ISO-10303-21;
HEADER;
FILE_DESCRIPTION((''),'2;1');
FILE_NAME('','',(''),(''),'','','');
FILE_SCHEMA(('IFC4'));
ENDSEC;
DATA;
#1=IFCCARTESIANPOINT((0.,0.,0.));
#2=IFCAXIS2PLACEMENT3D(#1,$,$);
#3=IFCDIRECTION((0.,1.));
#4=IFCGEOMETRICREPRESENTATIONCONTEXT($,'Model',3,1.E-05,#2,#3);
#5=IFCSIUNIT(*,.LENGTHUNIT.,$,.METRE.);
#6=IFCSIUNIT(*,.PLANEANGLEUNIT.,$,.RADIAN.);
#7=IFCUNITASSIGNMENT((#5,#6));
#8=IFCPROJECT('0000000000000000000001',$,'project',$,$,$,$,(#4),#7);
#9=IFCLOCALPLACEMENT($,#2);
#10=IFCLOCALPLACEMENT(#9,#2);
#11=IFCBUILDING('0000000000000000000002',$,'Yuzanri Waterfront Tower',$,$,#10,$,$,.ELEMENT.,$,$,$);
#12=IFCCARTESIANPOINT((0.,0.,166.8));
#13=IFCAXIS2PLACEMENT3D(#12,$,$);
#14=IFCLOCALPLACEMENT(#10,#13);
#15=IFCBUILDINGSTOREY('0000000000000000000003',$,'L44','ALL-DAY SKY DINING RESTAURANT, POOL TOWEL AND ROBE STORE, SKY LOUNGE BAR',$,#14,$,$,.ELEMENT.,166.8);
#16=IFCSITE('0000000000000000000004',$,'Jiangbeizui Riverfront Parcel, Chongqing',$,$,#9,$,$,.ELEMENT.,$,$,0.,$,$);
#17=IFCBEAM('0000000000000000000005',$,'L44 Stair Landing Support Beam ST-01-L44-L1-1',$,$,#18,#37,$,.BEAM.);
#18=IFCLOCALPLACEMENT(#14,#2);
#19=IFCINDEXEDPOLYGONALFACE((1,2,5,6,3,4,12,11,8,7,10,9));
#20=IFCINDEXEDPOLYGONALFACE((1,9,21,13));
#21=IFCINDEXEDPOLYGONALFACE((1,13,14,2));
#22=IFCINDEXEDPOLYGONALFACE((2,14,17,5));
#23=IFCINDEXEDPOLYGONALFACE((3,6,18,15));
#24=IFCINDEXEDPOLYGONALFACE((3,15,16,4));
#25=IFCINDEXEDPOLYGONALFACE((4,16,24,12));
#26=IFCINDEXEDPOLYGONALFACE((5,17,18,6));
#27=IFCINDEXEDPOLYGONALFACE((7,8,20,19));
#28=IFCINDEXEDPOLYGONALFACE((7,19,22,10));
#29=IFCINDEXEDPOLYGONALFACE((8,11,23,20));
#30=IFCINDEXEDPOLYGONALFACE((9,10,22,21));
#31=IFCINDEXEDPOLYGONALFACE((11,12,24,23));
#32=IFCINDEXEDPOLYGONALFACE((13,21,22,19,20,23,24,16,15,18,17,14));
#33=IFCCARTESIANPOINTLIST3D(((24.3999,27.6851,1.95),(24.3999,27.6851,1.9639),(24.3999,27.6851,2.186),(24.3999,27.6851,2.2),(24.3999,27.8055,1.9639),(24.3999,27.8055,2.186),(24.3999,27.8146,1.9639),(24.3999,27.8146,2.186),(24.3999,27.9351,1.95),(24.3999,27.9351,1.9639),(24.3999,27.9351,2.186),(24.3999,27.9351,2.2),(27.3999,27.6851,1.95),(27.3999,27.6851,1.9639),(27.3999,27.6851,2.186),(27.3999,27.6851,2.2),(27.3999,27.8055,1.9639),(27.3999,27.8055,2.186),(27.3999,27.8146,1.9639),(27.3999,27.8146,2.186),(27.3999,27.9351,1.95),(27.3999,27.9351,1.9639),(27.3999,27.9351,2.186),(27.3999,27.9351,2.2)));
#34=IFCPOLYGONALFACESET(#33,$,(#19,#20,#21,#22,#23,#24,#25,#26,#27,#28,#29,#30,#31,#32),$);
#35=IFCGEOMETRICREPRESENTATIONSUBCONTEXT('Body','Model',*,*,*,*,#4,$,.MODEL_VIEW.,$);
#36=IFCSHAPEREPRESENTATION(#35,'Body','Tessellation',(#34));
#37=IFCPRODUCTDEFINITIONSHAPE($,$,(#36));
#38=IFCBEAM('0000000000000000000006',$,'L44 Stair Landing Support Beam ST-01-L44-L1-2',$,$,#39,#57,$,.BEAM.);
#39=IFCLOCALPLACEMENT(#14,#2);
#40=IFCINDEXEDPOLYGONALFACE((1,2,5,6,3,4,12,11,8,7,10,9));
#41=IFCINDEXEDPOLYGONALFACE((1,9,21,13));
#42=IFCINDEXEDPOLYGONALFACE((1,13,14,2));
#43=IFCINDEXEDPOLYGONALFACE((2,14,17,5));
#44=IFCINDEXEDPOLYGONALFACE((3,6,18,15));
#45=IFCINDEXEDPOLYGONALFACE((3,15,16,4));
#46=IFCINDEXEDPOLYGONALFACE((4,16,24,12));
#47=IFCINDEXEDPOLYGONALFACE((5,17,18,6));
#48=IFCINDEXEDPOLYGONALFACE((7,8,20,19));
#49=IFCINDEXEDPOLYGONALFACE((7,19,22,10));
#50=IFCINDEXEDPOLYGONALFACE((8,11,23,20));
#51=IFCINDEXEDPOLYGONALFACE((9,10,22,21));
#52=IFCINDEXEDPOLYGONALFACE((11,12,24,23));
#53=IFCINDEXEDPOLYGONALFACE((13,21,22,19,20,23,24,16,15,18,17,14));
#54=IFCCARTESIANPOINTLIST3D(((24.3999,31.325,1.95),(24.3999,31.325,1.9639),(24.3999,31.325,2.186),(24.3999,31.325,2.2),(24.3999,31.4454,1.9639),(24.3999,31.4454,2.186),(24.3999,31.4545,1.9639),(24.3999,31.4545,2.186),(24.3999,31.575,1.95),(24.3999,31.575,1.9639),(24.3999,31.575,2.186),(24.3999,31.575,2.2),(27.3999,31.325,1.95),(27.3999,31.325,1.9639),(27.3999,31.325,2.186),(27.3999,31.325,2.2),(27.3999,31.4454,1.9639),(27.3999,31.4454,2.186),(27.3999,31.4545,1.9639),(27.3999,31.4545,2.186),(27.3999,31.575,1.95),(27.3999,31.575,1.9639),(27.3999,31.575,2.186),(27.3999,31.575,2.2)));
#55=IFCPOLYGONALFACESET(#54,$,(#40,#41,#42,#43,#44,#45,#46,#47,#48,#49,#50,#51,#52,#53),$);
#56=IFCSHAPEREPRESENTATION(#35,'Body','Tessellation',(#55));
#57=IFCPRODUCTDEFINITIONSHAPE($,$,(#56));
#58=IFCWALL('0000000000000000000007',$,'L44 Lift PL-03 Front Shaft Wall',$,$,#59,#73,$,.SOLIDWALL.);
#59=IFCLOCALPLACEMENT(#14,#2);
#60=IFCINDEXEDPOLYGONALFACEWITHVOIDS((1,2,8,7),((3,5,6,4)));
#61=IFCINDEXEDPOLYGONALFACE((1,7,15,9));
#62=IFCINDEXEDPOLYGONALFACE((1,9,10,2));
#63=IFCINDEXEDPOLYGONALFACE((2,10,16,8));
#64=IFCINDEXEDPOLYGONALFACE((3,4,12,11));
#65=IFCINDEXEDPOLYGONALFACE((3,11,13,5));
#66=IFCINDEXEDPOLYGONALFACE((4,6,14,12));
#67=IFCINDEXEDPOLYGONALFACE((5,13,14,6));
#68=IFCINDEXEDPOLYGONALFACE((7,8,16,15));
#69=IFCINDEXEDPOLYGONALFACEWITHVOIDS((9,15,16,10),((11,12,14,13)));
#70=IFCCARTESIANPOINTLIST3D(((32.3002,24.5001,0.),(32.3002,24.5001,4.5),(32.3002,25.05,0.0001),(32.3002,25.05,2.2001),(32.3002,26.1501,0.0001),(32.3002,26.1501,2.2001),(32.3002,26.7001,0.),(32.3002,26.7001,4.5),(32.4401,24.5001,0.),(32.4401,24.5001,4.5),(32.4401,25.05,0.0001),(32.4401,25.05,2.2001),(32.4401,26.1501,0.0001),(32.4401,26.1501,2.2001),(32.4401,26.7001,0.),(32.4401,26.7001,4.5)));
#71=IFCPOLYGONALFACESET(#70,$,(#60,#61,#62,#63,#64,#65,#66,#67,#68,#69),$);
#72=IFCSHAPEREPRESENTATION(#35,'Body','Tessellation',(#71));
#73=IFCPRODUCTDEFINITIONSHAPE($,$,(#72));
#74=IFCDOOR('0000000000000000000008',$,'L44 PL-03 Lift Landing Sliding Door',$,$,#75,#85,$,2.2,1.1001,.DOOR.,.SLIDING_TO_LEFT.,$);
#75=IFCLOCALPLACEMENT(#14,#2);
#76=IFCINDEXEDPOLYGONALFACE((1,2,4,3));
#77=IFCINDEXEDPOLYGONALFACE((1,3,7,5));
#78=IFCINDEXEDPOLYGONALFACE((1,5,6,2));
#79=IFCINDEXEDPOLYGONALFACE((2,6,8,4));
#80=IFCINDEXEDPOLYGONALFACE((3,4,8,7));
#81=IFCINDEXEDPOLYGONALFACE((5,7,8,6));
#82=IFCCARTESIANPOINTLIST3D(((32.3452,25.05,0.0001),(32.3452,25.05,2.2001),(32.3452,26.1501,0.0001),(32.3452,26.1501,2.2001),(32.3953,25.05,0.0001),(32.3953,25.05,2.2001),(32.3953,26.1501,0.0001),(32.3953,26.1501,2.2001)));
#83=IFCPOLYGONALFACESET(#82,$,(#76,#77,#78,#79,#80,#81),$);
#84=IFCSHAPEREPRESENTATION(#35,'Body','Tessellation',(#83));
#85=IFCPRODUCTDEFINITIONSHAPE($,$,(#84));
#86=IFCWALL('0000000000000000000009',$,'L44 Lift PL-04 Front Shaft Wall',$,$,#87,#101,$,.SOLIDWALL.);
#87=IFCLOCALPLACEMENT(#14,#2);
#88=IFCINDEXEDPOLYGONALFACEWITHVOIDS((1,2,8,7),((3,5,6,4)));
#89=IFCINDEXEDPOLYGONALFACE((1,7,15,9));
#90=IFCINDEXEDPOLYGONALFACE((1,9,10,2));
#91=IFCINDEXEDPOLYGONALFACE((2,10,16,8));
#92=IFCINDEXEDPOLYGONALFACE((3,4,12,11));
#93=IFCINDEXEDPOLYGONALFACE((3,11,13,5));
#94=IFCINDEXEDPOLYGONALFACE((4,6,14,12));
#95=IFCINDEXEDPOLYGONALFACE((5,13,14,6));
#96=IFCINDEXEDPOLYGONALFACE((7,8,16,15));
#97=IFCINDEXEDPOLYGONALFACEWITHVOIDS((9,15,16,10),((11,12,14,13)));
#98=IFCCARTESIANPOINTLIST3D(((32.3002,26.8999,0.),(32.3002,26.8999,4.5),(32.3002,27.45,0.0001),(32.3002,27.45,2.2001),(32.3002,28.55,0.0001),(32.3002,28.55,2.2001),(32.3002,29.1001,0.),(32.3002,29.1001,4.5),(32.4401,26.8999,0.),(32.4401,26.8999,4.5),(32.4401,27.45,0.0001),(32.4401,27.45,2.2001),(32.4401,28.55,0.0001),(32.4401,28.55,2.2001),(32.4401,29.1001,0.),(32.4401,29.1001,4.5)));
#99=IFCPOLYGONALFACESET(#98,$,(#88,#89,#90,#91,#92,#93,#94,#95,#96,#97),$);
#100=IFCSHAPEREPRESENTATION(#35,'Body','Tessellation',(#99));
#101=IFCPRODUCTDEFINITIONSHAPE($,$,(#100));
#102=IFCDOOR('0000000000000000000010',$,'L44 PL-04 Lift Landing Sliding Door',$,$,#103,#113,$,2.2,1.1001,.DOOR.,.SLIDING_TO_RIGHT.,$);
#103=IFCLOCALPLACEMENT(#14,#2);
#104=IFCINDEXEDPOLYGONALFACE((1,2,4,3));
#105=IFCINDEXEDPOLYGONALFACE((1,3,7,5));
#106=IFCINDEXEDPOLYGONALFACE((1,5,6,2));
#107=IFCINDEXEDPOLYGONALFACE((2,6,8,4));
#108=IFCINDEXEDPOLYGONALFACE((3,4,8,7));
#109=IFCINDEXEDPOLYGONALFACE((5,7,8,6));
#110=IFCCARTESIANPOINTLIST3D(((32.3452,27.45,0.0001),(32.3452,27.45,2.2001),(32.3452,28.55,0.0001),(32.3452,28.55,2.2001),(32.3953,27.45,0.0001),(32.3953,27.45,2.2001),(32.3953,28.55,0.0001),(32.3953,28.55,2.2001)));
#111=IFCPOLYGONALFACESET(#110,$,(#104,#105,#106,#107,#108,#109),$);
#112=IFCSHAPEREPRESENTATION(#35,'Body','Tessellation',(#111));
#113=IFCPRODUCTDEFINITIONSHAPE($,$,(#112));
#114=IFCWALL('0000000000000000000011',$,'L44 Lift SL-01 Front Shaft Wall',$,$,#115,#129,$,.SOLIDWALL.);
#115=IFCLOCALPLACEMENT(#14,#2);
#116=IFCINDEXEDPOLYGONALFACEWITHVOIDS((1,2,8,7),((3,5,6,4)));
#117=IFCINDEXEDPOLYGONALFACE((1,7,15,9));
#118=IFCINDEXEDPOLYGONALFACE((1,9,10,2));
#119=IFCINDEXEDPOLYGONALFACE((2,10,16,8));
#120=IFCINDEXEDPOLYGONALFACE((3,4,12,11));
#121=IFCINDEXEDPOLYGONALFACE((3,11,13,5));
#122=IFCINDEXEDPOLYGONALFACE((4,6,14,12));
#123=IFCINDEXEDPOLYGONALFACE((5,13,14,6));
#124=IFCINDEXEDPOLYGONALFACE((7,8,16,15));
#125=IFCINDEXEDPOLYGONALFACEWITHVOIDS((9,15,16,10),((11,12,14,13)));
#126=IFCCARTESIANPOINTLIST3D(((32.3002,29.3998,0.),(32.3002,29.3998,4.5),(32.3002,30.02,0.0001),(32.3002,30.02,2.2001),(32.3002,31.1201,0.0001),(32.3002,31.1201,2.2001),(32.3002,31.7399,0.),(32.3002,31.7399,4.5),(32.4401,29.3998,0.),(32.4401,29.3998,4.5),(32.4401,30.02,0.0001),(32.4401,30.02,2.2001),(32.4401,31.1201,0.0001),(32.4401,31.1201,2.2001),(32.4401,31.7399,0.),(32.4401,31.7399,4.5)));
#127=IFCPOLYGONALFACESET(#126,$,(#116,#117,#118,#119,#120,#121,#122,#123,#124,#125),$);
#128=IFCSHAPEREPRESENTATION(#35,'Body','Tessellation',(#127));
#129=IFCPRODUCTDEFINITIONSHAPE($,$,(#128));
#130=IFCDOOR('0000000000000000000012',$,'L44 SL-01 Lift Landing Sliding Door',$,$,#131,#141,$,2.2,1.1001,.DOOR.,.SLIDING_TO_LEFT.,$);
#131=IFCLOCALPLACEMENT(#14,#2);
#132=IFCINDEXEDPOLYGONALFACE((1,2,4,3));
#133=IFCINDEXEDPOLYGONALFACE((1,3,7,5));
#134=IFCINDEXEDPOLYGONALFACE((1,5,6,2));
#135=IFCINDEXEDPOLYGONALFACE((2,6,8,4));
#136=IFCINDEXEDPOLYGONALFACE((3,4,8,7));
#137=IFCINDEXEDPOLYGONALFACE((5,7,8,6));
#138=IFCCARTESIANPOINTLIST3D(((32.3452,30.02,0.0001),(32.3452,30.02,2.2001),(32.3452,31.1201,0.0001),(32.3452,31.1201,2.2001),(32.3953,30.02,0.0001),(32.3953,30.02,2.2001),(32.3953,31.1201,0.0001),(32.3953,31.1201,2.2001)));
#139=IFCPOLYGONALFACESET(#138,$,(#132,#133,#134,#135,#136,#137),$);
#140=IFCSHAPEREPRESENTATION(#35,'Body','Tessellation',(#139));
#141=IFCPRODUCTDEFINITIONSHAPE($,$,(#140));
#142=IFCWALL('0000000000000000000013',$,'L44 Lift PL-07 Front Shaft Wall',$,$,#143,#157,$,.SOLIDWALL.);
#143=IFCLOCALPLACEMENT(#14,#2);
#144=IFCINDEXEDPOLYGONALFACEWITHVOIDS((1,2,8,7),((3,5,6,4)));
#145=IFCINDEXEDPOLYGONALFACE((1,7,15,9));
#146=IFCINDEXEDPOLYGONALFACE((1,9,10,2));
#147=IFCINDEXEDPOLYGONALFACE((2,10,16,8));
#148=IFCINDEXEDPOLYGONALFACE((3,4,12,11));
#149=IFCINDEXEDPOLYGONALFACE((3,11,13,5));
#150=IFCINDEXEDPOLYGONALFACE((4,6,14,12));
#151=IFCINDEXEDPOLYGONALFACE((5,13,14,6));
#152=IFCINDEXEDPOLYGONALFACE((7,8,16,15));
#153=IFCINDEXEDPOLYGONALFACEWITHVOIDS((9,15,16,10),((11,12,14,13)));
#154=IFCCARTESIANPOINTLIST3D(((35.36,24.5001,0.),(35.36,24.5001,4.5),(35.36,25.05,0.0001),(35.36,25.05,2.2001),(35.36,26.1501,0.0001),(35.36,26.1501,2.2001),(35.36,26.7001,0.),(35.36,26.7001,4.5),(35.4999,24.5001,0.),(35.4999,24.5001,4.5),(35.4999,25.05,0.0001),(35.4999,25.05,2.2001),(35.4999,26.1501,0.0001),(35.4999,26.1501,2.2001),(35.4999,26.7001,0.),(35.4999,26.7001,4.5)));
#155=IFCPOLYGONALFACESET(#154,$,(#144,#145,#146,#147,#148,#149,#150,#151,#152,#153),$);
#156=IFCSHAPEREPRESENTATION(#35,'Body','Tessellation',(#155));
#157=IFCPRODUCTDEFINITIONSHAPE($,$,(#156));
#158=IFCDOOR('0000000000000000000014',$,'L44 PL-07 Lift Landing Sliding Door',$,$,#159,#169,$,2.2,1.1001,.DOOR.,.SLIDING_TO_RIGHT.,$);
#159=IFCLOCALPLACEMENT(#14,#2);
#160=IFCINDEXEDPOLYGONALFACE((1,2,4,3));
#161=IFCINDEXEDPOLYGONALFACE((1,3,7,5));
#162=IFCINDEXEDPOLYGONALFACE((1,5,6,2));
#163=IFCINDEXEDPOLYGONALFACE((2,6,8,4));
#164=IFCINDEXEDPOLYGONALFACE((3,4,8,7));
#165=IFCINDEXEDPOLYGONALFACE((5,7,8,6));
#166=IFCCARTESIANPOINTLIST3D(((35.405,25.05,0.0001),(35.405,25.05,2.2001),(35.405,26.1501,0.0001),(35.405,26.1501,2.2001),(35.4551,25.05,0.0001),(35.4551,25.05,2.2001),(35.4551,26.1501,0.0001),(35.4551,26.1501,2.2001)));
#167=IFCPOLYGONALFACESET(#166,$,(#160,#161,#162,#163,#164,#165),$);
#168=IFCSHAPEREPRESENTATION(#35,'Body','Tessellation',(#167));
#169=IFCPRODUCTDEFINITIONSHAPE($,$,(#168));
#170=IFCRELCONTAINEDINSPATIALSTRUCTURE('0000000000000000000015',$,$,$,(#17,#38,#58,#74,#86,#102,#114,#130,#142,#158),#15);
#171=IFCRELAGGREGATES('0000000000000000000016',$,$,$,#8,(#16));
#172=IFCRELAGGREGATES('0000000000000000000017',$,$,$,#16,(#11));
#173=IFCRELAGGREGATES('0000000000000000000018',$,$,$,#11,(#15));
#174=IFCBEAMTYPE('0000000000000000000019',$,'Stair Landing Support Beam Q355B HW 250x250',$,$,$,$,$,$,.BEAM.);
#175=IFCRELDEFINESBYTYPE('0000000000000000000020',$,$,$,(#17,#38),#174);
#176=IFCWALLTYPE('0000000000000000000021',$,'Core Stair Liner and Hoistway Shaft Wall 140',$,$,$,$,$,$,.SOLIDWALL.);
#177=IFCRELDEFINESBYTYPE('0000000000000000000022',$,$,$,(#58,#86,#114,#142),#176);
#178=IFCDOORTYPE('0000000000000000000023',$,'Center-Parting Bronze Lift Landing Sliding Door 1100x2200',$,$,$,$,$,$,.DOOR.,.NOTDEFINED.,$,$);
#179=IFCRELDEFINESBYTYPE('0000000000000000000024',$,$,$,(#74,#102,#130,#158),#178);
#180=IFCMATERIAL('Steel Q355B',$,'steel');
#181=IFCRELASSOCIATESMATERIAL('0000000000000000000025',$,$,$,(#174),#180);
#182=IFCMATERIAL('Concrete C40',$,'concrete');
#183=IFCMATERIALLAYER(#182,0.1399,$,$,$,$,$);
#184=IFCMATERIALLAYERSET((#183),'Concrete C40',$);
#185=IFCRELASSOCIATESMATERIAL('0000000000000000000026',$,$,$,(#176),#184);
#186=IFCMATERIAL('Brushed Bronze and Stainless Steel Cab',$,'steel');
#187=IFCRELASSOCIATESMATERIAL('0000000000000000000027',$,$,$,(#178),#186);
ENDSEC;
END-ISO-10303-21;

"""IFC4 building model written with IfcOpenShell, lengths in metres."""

from ifc_helpers import new_model, si_unit, direction, frame, frame_2d, origin, origin_2d, place, context, subcontext, project, spatial, rectangle, i_section, extrude, source, transform, mapped, material, layer, layer_set, material_profile, profile_set, type_object, element, fill, save


model = new_model("IFC4")

# Units and contexts
model_context = context("Model", 3, precision=1e-05, world=origin(), true_north=direction((0.0, 1.0)))
body_context = subcontext(model_context, "Body", "Model", "MODEL_VIEW")
ifc_project = project(units=[si_unit("LENGTHUNIT", "METRE"), si_unit("PLANEANGLEUNIT", "RADIAN")], contexts=[model_context])

# Site, building, storey
site_placement = place(None, origin())
site = spatial("IfcSite", under=ifc_project, at=site_placement, Name="Jiangbeizui Riverfront Parcel, Chongqing", CompositionType="ELEMENT", RefElevation=0.0)
building_placement = place(site_placement, origin())
building = spatial("IfcBuilding", under=site, at=building_placement, Name="Yuzanri Waterfront Tower", CompositionType="ELEMENT")
storey_placement = place(building_placement, frame((0.0, 0.0, 166.8)))
storey = spatial("IfcBuildingStorey", under=building, at=storey_placement, Name="L44", Description="ALL-DAY SKY DINING RESTAURANT, POOL TOWEL AND ROBE STORE, SKY LOUNGE BAR", CompositionType="ELEMENT", Elevation=166.8)

# Beams
ifc_material_1 = material(Name="Steel Q355B", Category="steel")
ifc_material_profile = material_profile(ifc_material_1, i_section(OverallWidth=0.25, OverallDepth=0.25, WebThickness=0.009, FlangeThickness=0.0139, at=origin_2d()), Name="HW 250x250x9x14")
ifc_profile_set = profile_set([ifc_material_profile], Name="Steel Q355B")
beam_type = type_object("IfcBeamType", Name="Stair Landing Support Beam Q355B HW 250x250", PredefinedType="BEAM", material=ifc_profile_set)
shared_shape_1 = source(origin(), body_context, "Body", "SweptSolid", [
    extrude(i_section(OverallWidth=0.25, OverallDepth=0.25, WebThickness=0.009, FlangeThickness=0.0139, at=origin_2d()), origin(), (0.0, 0.0, 1.0), 3.0),
])
for number, where, z_axis, x_axis, name in (
    (1, (24.3999, 27.8101, 2.075), (1.0, 0.0, 0.0), (0.0, 1.0, 0.0), "L44 Stair Landing Support Beam ST-01-L44-L1-1"),
    (2, (24.3999, 31.45, 2.075), (1.0, 0.0, 0.0), (0.0, 1.0, 0.0), "L44 Stair Landing Support Beam ST-01-L44-L1-2"),
):
    element("IfcBeam", number, at=place(storey_placement, frame(where, z_axis=z_axis, x_axis=x_axis)), inside=storey, type_object=beam_type, Name=name, PredefinedType="BEAM", context=body_context, shape_type="MappedRepresentation", body=[
        mapped(shared_shape_1, transform((0.0, 0.0, 0.0), scale=1.0)),
    ])

# Walls, openings, doors
ifc_material_2 = material(Name="Concrete C40", Category="concrete")
ifc_layer_1 = layer(ifc_material_2, 0.1399)
ifc_layer_set_1 = layer_set([ifc_layer_1], Name="Concrete C40")
wall_type_1 = type_object("IfcWallType", Name="Core Stair Liner and Hoistway Shaft Wall 140", PredefinedType="SOLIDWALL", material=ifc_layer_set_1)
wall_1_placement = place(storey_placement, frame((32.3701, 24.5, 0.0), z_axis=(0.0, 0.0, 1.0), x_axis=(0.0, 1.0, 0.0)))
wall_1 = element("IfcWall", 3, at=wall_1_placement, inside=storey, type_object=wall_type_1, Name="L44 Lift PL-03 Front Shaft Wall", PredefinedType="SOLIDWALL", context=body_context, shape_type="SweptSolid", body=[
    extrude(rectangle(XDim=2.2, YDim=0.1399, at=frame_2d((1.1001, 0.0))), origin(), (0.0, 0.0, 1.0), 4.5),
])
opening_1_placement = place(wall_1_placement, frame((0.55, 0.0, 0.0)))
opening_1 = element("IfcOpeningElement", 4, at=opening_1_placement, cuts=wall_1, PredefinedType="OPENING", context=body_context, shape_type="SweptSolid", body=[
    extrude(rectangle(XDim=1.1001, YDim=2.2, at=frame_2d((0.55, 1.1001))), frame((0.0, 0.085, 0.0), z_axis=(0.0, -1.0, 0.0), x_axis=(1.0, 0.0, 0.0)), (0.0, 0.0, 1.0), 0.1697),
])
ifc_material_3 = material(Name="Brushed Bronze and Stainless Steel Cab", Category="steel")
door_type_1 = type_object("IfcDoorType", Name="Center-Parting Bronze Lift Landing Sliding Door 1100x2200", OperationType="NOTDEFINED", PredefinedType="DOOR", material=ifc_material_3)
shared_shape_2 = source(origin(), body_context, "Body", "SweptSolid", [
    extrude(rectangle(XDim=1.1001, YDim=2.2, at=frame_2d((0.55, 1.1001))), frame((0.0, 0.0249, 0.0), z_axis=(0.0, -1.0, 0.0), x_axis=(1.0, 0.0, 0.0)), (0.0, 0.0, 1.0), 0.05),
])
door_1_placement = place(opening_1_placement, origin())
door_1 = element("IfcDoor", 5, at=door_1_placement, inside=storey, type_object=door_type_1, Name="L44 PL-03 Lift Landing Sliding Door", OperationType="SLIDING_TO_LEFT", OverallHeight=2.2, OverallWidth=1.1001, PredefinedType="DOOR", context=body_context, shape_type="MappedRepresentation", body=[
    mapped(shared_shape_2, transform((0.0, 0.0, 0.0), scale=1.0)),
])
fill(opening_1, door_1)
wall_2_placement = place(storey_placement, frame((32.3701, 26.8999, 0.0), z_axis=(0.0, 0.0, 1.0), x_axis=(0.0, 1.0, 0.0)))
wall_2 = element("IfcWall", 6, at=wall_2_placement, inside=storey, type_object=wall_type_1, Name="L44 Lift PL-04 Front Shaft Wall", PredefinedType="SOLIDWALL", context=body_context, shape_type="SweptSolid", body=[
    extrude(rectangle(XDim=2.2002, YDim=0.1399, at=frame_2d((1.1001, 0.0))), origin(), (0.0, 0.0, 1.0), 4.5),
])
opening_2_placement = place(wall_2_placement, frame((0.55, 0.0, 0.0)))
opening_2 = element("IfcOpeningElement", 7, at=opening_2_placement, cuts=wall_2, PredefinedType="OPENING", context=body_context, shape_type="SweptSolid", body=[
    extrude(rectangle(XDim=1.1001, YDim=2.2, at=frame_2d((0.55, 1.1001))), frame((0.0, 0.085, 0.0), z_axis=(0.0, -1.0, 0.0), x_axis=(1.0, 0.0, 0.0)), (0.0, 0.0, 1.0), 0.1697),
])
door_2_placement = place(opening_2_placement, origin())
door_2 = element("IfcDoor", 8, at=door_2_placement, inside=storey, type_object=door_type_1, Name="L44 PL-04 Lift Landing Sliding Door", OperationType="SLIDING_TO_RIGHT", OverallHeight=2.2, OverallWidth=1.1001, PredefinedType="DOOR", context=body_context, shape_type="MappedRepresentation", body=[
    mapped(shared_shape_2, transform((0.0, 0.0, 0.0), scale=1.0)),
])
fill(opening_2, door_2)
wall_3_placement = place(storey_placement, frame((32.3701, 29.3999, 0.0), z_axis=(0.0, 0.0, 1.0), x_axis=(0.0, 1.0, 0.0)))
wall_3 = element("IfcWall", 9, at=wall_3_placement, inside=storey, type_object=wall_type_1, Name="L44 Lift SL-01 Front Shaft Wall", PredefinedType="SOLIDWALL", context=body_context, shape_type="SweptSolid", body=[
    extrude(rectangle(XDim=2.3401, YDim=0.1399, at=frame_2d((1.1699, 0.0))), origin(), (0.0, 0.0, 1.0), 4.5),
])
opening_3_placement = place(wall_3_placement, frame((0.6201, 0.0, 0.0)))
opening_3 = element("IfcOpeningElement", 10, at=opening_3_placement, cuts=wall_3, PredefinedType="OPENING", context=body_context, shape_type="SweptSolid", body=[
    extrude(rectangle(XDim=1.1001, YDim=2.2, at=frame_2d((0.55, 1.1001))), frame((0.0, 0.085, 0.0), z_axis=(0.0, -1.0, 0.0), x_axis=(1.0, 0.0, 0.0)), (0.0, 0.0, 1.0), 0.1697),
])
door_3_placement = place(opening_3_placement, origin())
door_3 = element("IfcDoor", 11, at=door_3_placement, inside=storey, type_object=door_type_1, Name="L44 SL-01 Lift Landing Sliding Door", OperationType="SLIDING_TO_LEFT", OverallHeight=2.2, OverallWidth=1.1001, PredefinedType="DOOR", context=body_context, shape_type="MappedRepresentation", body=[
    mapped(shared_shape_2, transform((0.0, 0.0, 0.0), scale=1.0)),
])
fill(opening_3, door_3)
wall_4_placement = place(storey_placement, frame((35.4299, 24.5, 0.0), z_axis=(0.0, 0.0, 1.0), x_axis=(0.0, 1.0, 0.0)))
wall_4 = element("IfcWall", 12, at=wall_4_placement, inside=storey, type_object=wall_type_1, Name="L44 Lift PL-07 Front Shaft Wall", PredefinedType="SOLIDWALL", context=body_context, shape_type="SweptSolid", body=[
    extrude(rectangle(XDim=2.2, YDim=0.1399, at=frame_2d((1.1001, 0.0))), origin(), (0.0, 0.0, 1.0), 4.5),
])
opening_4_placement = place(wall_4_placement, frame((0.55, 0.0, 0.0)))
opening_4 = element("IfcOpeningElement", 13, at=opening_4_placement, cuts=wall_4, PredefinedType="OPENING", context=body_context, shape_type="SweptSolid", body=[
    extrude(rectangle(XDim=1.1001, YDim=2.2, at=frame_2d((0.55, 1.1001))), frame((0.0, 0.085, 0.0), z_axis=(0.0, -1.0, 0.0), x_axis=(1.0, 0.0, 0.0)), (0.0, 0.0, 1.0), 0.1697),
])
door_4_placement = place(opening_4_placement, origin())
door_4 = element("IfcDoor", 14, at=door_4_placement, inside=storey, type_object=door_type_1, Name="L44 PL-07 Lift Landing Sliding Door", OperationType="SLIDING_TO_RIGHT", OverallHeight=2.2, OverallWidth=1.1001, PredefinedType="DOOR", context=body_context, shape_type="MappedRepresentation", body=[
    mapped(shared_shape_2, transform((0.0, 0.0, 0.0), scale=1.0)),
])
fill(opening_4, door_4)

save(model, "model.ifc")
